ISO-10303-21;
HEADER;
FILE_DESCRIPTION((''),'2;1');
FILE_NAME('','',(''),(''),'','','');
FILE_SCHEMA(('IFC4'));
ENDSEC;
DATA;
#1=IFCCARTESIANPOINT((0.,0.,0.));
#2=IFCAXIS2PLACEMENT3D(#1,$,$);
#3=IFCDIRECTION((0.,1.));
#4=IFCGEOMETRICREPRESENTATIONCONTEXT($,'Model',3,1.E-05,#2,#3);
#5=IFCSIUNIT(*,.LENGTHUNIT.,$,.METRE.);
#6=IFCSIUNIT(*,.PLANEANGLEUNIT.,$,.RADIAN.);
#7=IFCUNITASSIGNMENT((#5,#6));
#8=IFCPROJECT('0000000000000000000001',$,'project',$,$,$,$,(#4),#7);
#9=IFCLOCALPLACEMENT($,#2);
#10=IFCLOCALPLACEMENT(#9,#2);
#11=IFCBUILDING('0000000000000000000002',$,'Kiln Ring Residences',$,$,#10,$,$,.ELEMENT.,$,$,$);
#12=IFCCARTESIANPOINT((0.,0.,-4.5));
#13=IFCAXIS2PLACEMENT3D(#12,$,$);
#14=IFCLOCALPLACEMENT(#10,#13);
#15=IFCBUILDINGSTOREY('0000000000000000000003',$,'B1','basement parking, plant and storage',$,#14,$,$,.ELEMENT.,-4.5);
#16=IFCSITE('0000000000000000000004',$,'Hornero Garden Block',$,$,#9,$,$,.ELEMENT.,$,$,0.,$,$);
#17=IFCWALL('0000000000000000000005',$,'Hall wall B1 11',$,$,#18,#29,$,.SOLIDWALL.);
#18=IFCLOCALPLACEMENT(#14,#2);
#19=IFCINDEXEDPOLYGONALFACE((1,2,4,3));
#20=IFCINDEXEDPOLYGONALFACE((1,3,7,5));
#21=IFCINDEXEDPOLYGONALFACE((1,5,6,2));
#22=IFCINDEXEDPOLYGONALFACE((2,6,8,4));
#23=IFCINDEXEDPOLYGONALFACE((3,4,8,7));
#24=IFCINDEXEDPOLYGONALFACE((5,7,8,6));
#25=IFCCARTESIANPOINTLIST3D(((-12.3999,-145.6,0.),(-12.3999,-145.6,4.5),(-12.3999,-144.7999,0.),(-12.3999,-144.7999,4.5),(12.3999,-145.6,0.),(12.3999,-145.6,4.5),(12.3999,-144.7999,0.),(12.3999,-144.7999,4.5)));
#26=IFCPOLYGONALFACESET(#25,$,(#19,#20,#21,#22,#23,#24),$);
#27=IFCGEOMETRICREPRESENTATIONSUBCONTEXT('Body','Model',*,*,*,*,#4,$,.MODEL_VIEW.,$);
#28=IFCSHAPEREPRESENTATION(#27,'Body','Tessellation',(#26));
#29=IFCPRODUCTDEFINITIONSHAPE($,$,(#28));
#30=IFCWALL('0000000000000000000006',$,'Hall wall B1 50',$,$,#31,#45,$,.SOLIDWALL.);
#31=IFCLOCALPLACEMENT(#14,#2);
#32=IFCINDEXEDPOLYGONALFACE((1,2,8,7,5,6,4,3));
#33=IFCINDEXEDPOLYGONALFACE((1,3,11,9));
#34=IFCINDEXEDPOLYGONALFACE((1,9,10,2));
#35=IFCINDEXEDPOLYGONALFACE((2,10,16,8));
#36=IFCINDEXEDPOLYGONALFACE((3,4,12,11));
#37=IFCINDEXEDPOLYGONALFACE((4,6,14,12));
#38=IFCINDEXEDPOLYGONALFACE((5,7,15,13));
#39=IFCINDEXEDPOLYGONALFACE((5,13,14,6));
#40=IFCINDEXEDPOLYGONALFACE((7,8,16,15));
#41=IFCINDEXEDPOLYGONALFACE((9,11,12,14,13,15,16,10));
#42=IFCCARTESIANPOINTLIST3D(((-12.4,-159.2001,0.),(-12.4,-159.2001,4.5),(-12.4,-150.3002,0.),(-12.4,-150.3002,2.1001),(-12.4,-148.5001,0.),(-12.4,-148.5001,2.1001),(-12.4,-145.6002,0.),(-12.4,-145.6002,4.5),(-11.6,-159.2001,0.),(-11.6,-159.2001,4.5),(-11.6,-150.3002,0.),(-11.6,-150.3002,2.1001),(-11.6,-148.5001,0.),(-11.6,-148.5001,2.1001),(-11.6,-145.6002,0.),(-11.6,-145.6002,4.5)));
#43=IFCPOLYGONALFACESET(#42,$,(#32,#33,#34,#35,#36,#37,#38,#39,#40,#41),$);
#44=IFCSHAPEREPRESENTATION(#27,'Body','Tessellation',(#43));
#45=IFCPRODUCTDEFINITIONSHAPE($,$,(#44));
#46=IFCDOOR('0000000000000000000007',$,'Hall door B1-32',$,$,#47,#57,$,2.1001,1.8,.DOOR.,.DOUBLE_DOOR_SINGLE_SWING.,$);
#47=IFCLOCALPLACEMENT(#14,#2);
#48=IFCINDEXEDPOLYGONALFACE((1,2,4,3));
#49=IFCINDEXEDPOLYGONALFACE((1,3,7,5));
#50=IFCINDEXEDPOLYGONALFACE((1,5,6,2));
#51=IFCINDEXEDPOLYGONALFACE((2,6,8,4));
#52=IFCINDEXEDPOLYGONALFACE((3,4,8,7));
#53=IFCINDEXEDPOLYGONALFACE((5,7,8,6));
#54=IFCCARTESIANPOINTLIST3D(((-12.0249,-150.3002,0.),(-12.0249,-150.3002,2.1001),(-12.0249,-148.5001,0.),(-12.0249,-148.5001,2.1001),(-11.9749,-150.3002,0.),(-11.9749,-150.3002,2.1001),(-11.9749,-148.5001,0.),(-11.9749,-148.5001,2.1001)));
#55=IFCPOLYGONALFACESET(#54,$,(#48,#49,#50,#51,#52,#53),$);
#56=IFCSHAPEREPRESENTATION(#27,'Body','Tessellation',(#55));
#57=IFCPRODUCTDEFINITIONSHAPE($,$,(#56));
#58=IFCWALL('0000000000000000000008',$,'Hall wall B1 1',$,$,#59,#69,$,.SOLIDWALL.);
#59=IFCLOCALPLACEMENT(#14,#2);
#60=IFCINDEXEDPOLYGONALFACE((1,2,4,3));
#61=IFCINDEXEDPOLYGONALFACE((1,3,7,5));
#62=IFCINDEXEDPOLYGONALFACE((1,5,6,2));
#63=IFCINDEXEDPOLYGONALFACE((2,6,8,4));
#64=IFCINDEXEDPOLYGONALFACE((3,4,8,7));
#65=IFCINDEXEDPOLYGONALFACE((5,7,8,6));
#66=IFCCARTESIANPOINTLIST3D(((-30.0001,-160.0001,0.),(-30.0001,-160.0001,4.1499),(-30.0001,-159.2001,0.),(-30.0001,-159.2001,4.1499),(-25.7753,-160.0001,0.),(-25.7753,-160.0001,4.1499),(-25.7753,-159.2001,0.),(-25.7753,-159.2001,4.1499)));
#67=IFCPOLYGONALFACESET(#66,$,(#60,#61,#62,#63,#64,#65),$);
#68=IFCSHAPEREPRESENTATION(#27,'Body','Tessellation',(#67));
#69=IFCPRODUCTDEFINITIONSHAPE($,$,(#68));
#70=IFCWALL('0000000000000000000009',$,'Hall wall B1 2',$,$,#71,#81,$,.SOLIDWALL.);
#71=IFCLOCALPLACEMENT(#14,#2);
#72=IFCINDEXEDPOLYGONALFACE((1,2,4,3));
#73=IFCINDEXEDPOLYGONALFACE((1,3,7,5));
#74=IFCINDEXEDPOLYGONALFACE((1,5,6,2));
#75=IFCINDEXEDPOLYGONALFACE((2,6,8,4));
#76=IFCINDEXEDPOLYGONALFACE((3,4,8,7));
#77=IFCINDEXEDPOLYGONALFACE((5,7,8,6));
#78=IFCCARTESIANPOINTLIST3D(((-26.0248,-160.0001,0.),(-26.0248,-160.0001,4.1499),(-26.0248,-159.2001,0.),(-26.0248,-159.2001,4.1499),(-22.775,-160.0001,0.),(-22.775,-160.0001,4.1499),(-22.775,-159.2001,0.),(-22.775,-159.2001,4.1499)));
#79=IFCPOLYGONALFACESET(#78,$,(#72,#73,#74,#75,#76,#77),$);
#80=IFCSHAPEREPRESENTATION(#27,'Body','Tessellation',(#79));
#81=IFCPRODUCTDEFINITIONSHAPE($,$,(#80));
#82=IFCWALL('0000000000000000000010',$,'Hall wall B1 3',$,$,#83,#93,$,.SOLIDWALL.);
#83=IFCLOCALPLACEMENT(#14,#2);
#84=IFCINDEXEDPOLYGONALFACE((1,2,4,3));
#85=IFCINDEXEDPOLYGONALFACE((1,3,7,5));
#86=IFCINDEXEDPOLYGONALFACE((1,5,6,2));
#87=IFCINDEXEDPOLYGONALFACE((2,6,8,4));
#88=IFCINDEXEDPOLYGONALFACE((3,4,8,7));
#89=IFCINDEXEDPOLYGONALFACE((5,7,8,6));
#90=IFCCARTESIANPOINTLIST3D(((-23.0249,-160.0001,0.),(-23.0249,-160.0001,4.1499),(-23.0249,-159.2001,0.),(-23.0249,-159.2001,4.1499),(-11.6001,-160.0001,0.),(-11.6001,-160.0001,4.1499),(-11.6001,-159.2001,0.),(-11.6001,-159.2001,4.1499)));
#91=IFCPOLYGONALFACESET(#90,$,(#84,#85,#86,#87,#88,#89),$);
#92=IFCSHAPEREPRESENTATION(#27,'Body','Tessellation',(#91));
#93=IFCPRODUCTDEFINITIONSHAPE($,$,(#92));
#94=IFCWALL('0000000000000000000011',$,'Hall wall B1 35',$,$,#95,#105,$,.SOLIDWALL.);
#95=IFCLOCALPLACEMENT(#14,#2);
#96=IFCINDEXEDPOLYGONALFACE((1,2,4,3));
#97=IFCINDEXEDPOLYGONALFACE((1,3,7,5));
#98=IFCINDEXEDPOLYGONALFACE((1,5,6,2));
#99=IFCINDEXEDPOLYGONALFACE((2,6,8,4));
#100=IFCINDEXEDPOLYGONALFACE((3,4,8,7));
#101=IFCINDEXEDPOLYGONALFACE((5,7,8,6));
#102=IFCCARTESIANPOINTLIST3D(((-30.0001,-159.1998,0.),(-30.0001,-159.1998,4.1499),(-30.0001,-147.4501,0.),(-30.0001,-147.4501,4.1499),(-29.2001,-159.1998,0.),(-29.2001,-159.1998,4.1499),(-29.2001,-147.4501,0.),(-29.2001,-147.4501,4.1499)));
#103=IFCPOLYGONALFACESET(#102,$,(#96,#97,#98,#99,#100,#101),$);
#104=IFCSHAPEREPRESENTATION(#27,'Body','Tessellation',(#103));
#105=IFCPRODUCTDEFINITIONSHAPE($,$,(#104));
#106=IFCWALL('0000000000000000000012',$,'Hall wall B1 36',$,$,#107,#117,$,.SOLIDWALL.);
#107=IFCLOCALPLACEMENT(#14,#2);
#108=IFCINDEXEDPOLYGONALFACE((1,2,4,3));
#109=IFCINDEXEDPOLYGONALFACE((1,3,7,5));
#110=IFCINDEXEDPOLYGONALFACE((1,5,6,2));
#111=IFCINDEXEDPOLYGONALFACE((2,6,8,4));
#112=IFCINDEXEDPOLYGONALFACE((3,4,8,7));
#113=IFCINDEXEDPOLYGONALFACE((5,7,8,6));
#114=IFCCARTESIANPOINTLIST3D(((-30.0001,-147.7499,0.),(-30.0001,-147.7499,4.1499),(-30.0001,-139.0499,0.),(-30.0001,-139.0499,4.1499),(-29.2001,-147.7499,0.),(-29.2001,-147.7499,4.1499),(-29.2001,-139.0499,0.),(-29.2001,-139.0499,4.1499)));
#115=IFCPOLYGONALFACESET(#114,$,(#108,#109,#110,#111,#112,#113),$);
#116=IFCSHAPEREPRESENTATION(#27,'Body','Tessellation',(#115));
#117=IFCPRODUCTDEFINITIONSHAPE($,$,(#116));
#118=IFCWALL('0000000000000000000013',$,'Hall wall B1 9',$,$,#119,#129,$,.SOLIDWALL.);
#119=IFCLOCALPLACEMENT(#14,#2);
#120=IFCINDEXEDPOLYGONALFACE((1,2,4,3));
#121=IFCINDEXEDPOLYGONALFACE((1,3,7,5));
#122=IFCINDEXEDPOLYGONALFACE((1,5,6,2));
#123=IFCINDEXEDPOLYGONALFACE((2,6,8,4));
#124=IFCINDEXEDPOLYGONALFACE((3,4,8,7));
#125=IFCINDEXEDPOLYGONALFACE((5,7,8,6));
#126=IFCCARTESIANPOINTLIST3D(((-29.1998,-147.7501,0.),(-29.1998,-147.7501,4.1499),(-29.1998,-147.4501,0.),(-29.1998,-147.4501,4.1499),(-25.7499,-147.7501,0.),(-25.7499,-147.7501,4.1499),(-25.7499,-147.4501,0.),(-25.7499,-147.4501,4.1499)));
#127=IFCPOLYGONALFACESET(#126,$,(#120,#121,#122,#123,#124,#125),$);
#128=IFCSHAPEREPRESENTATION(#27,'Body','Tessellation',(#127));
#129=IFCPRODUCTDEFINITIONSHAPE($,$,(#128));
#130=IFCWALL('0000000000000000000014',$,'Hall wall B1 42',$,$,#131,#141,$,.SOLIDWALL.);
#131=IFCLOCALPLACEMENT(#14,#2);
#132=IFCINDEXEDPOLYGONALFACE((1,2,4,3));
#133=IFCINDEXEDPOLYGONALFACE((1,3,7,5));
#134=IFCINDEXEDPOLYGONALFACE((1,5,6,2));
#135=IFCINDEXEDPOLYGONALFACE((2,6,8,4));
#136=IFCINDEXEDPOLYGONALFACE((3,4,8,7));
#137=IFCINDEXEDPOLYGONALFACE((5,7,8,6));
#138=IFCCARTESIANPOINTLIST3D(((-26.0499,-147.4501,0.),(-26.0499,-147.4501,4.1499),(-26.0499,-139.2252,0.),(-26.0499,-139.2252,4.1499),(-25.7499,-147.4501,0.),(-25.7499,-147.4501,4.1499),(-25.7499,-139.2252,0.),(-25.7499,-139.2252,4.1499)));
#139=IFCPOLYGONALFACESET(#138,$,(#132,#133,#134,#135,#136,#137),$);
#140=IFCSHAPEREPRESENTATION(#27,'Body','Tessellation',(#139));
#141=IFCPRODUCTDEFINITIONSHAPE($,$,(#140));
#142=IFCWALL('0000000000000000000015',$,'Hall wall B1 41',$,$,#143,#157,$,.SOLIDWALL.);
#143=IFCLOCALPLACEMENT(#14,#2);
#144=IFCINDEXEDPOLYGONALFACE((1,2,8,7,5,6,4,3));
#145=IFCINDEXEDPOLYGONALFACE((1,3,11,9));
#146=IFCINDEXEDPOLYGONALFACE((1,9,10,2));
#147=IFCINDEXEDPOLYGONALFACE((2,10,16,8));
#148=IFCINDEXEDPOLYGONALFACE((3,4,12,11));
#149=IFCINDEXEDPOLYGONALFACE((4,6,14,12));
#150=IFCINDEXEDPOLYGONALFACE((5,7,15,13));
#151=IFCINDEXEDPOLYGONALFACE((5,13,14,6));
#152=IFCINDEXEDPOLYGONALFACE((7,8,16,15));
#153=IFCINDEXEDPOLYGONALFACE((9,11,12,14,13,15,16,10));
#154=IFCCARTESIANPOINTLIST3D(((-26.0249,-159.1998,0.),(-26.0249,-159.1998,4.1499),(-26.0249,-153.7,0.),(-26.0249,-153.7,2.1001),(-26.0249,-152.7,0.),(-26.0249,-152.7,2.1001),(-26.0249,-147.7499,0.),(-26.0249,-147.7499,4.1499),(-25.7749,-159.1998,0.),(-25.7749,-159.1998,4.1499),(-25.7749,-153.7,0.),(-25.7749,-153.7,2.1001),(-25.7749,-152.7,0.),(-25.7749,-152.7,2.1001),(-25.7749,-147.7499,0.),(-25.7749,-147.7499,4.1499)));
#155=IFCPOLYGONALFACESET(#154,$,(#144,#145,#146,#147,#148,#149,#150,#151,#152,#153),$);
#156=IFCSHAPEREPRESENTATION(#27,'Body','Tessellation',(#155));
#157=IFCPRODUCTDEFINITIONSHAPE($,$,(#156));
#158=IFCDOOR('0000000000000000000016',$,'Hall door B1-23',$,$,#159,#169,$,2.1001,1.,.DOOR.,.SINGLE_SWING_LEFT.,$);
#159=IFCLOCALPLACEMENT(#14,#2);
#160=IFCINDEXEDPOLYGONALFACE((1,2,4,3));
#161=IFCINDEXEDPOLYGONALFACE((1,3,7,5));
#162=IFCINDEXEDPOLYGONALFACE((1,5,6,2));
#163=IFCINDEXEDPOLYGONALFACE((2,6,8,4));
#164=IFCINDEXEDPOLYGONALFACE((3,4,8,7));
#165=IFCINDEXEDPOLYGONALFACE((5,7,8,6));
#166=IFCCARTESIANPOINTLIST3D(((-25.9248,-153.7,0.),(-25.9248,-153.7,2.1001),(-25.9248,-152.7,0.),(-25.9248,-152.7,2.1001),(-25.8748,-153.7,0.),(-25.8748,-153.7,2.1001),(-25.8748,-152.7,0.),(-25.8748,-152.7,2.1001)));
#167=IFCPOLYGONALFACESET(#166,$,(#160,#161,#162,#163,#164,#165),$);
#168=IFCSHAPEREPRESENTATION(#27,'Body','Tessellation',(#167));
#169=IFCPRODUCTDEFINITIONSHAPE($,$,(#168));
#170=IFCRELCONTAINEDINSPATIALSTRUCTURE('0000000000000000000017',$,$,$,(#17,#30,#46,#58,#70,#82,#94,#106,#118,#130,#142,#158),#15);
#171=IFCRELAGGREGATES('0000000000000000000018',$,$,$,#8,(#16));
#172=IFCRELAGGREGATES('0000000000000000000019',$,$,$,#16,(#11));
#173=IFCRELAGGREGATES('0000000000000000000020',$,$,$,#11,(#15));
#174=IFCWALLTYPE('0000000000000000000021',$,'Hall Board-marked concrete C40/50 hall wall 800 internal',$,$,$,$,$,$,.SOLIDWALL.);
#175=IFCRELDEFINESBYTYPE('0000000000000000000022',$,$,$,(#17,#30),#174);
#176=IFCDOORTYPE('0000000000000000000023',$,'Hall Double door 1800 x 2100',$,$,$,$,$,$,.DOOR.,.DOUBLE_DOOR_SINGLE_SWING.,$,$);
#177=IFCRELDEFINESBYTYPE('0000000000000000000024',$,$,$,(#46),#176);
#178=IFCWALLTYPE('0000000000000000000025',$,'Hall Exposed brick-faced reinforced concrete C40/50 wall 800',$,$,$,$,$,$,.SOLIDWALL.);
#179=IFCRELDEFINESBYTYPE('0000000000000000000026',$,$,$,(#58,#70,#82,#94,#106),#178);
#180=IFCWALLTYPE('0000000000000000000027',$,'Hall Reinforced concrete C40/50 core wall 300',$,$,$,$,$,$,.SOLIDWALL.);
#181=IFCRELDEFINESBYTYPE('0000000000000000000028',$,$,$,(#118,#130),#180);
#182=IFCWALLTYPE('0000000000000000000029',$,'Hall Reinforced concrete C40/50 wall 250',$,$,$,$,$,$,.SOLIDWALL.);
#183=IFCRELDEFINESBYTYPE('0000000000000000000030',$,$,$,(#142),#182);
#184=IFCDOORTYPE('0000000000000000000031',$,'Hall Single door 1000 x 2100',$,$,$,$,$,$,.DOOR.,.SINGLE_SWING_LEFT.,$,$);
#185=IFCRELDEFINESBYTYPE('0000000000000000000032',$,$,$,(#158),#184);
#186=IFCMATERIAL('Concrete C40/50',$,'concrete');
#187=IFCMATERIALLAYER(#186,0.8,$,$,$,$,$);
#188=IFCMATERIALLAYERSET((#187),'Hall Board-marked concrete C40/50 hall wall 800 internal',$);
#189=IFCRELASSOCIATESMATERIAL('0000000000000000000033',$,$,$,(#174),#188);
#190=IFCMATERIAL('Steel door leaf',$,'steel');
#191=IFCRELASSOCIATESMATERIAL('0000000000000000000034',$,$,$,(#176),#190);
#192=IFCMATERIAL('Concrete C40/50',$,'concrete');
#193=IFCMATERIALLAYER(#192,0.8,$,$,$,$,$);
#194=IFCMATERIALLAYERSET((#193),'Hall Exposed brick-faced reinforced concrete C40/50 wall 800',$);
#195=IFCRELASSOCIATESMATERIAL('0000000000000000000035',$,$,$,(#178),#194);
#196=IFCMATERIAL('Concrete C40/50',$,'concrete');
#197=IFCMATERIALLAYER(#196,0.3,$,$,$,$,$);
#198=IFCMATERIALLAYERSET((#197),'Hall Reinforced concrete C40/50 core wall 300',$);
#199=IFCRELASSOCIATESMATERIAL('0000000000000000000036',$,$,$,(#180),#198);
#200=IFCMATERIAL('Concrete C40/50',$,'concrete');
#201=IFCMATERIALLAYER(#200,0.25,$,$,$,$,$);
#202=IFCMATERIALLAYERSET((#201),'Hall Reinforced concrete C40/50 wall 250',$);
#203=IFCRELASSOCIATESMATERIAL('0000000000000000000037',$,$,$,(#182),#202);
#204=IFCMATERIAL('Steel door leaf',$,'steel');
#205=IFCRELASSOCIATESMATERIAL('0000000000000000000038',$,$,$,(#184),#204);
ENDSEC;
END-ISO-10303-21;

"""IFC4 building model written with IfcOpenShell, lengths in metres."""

from ifc_helpers import new_model, si_unit, direction, frame, frame_2d, origin, place, context, subcontext, project, spatial, rectangle, extrude, material, layer, layer_set, type_object, element, fill, save


model = new_model("IFC4")

# Units and contexts
model_context = context("Model", 3, precision=1e-05, world=origin(), true_north=direction((0.0, 1.0)))
body_context = subcontext(model_context, "Body", "Model", "MODEL_VIEW")
ifc_project = project(units=[si_unit("LENGTHUNIT", "METRE"), si_unit("PLANEANGLEUNIT", "RADIAN")], contexts=[model_context])

# Site, building, storey
site_placement = place(None, origin())
site = spatial("IfcSite", under=ifc_project, at=site_placement, Name="Hornero Garden Block", CompositionType="ELEMENT", RefElevation=0.0)
building_placement = place(site_placement, origin())
building = spatial("IfcBuilding", under=site, at=building_placement, Name="Kiln Ring Residences", CompositionType="ELEMENT")
storey_placement = place(building_placement, frame((0.0, 0.0, -4.5)))
storey = spatial("IfcBuildingStorey", under=building, at=storey_placement, Name="B1", Description="basement parking, plant and storage", CompositionType="ELEMENT", Elevation=-4.5)

# Wall
ifc_material_1 = material(Name="Concrete C40/50", Category="concrete")
ifc_layer_1 = layer(ifc_material_1, 0.8)
ifc_layer_set_1 = layer_set([ifc_layer_1], Name="Hall Board-marked concrete C40/50 hall wall 800 internal")
wall_type_1 = type_object("IfcWallType", Name="Hall Board-marked concrete C40/50 hall wall 800 internal", PredefinedType="SOLIDWALL", material=ifc_layer_set_1)
wall_1_placement = place(storey_placement, frame((-12.3999, -145.2, 0.0), z_axis=(0.0, 0.0, 1.0), x_axis=(1.0, 0.0, 0.0)))
element("IfcWall", 1, at=wall_1_placement, inside=storey, type_object=wall_type_1, Name="Hall wall B1 11", PredefinedType="SOLIDWALL", context=body_context, shape_type="SweptSolid", body=[
    extrude(rectangle(XDim=24.7998, YDim=0.8, at=frame_2d((12.3999, 0.0))), origin(), (0.0, 0.0, 1.0), 4.5),
])

# Wall, opening, door
wall_2_placement = place(storey_placement, frame((-12.0, -159.2, 0.0), z_axis=(0.0, 0.0, 1.0), x_axis=(0.0, 1.0, 0.0)))
wall_2 = element("IfcWall", 2, at=wall_2_placement, inside=storey, type_object=wall_type_1, Name="Hall wall B1 50", PredefinedType="SOLIDWALL", context=body_context, shape_type="SweptSolid", body=[
    extrude(rectangle(XDim=13.5999, YDim=0.8, at=frame_2d((6.7998, 0.0))), origin(), (0.0, 0.0, 1.0), 4.5),
])
opening_1_placement = place(wall_2_placement, frame((8.8999, 0.0, 0.0)))
opening_1 = element("IfcOpeningElement", 3, at=opening_1_placement, cuts=wall_2, PredefinedType="OPENING", context=body_context, shape_type="SweptSolid", body=[
    extrude(rectangle(XDim=1.8, YDim=2.1001, at=frame_2d((0.8999, 1.05))), frame((0.0, 0.4099, 0.0), z_axis=(0.0, -1.0, 0.0), x_axis=(1.0, 0.0, 0.0)), (0.0, 0.0, 1.0), 0.8201),
])
ifc_material_2 = material(Name="Steel door leaf", Category="steel")
door_type_1 = type_object("IfcDoorType", Name="Hall Double door 1800 x 2100", OperationType="DOUBLE_DOOR_SINGLE_SWING", PredefinedType="DOOR", material=ifc_material_2)
door_1_placement = place(opening_1_placement, origin())
door_1 = element("IfcDoor", 4, at=door_1_placement, inside=storey, type_object=door_type_1, Name="Hall door B1-32", OperationType="DOUBLE_DOOR_SINGLE_SWING", OverallHeight=2.1001, OverallWidth=1.8, PredefinedType="DOOR", context=body_context, shape_type="SweptSolid", body=[
    extrude(rectangle(XDim=1.8, YDim=2.1001, at=frame_2d((0.8999, 1.05))), frame((0.0, 0.0249, 0.0), z_axis=(0.0, -1.0, 0.0), x_axis=(1.0, 0.0, 0.0)), (0.0, 0.0, 1.0), 0.05),
])
fill(opening_1, door_1)

# Walls
ifc_material_3 = material(Name="Concrete C40/50", Category="concrete")
ifc_layer_2 = layer(ifc_material_3, 0.8)
ifc_layer_set_2 = layer_set([ifc_layer_2], Name="Hall Exposed brick-faced reinforced concrete C40/50 wall 800")
wall_type_2 = type_object("IfcWallType", Name="Hall Exposed brick-faced reinforced concrete C40/50 wall 800", PredefinedType="SOLIDWALL", material=ifc_layer_set_2)
wall_3_placement = place(storey_placement, frame((-30.0, -159.6001, 0.0), z_axis=(0.0, 0.0, 1.0), x_axis=(1.0, 0.0, 0.0)))
element("IfcWall", 5, at=wall_3_placement, inside=storey, type_object=wall_type_2, Name="Hall wall B1 1", PredefinedType="SOLIDWALL", context=body_context, shape_type="SweptSolid", body=[
    extrude(rectangle(XDim=4.2249, YDim=0.8, at=frame_2d((2.1123, 0.0))), origin(), (0.0, 0.0, 1.0), 4.1499),
])
wall_4_placement = place(storey_placement, frame((-26.0249, -159.6001, 0.0), z_axis=(0.0, 0.0, 1.0), x_axis=(1.0, 0.0, 0.0)))
element("IfcWall", 6, at=wall_4_placement, inside=storey, type_object=wall_type_2, Name="Hall wall B1 2", PredefinedType="SOLIDWALL", context=body_context, shape_type="SweptSolid", body=[
    extrude(rectangle(XDim=3.2498, YDim=0.8, at=frame_2d((1.625, 0.0))), origin(), (0.0, 0.0, 1.0), 4.1499),
])
wall_5_placement = place(storey_placement, frame((-23.0249, -159.6001, 0.0), z_axis=(0.0, 0.0, 1.0), x_axis=(1.0, 0.0, 0.0)))
element("IfcWall", 7, at=wall_5_placement, inside=storey, type_object=wall_type_2, Name="Hall wall B1 3", PredefinedType="SOLIDWALL", context=body_context, shape_type="SweptSolid", body=[
    extrude(rectangle(XDim=11.4248, YDim=0.8, at=frame_2d((5.7124, 0.0))), origin(), (0.0, 0.0, 1.0), 4.1499),
])
wall_6_placement = place(storey_placement, frame((-29.6001, -159.2, 0.0), z_axis=(0.0, 0.0, 1.0), x_axis=(0.0, 1.0, 0.0)))
element("IfcWall", 8, at=wall_6_placement, inside=storey, type_object=wall_type_2, Name="Hall wall B1 35", PredefinedType="SOLIDWALL", context=body_context, shape_type="SweptSolid", body=[
    extrude(rectangle(XDim=11.7498, YDim=0.8, at=frame_2d((5.875, 0.0))), origin(), (0.0, 0.0, 1.0), 4.1499),
])
wall_7_placement = place(storey_placement, frame((-29.6001, -147.75, 0.0), z_axis=(0.0, 0.0, 1.0), x_axis=(0.0, 1.0, 0.0)))
element("IfcWall", 9, at=wall_7_placement, inside=storey, type_object=wall_type_2, Name="Hall wall B1 36", PredefinedType="SOLIDWALL", context=body_context, shape_type="SweptSolid", body=[
    extrude(rectangle(XDim=8.7, YDim=0.8, at=frame_2d((4.3501, 0.0))), origin(), (0.0, 0.0, 1.0), 4.1499),
])
ifc_material_4 = material(Name="Concrete C40/50", Category="concrete")
ifc_layer_3 = layer(ifc_material_4, 0.3)
ifc_layer_set_3 = layer_set([ifc_layer_3], Name="Hall Reinforced concrete C40/50 core wall 300")
wall_type_3 = type_object("IfcWallType", Name="Hall Reinforced concrete C40/50 core wall 300", PredefinedType="SOLIDWALL", material=ifc_layer_set_3)
wall_8_placement = place(storey_placement, frame((-29.2, -147.6001, 0.0), z_axis=(0.0, 0.0, 1.0), x_axis=(1.0, 0.0, 0.0)))
element("IfcWall", 10, at=wall_8_placement, inside=storey, type_object=wall_type_3, Name="Hall wall B1 9", PredefinedType="SOLIDWALL", context=body_context, shape_type="SweptSolid", body=[
    extrude(rectangle(XDim=3.45, YDim=0.3, at=frame_2d((1.7251, 0.0))), origin(), (0.0, 0.0, 1.0), 4.1499),
])
wall_9_placement = place(storey_placement, frame((-25.8999, -147.45, 0.0), z_axis=(0.0, 0.0, 1.0), x_axis=(0.0, 1.0, 0.0)))
element("IfcWall", 11, at=wall_9_placement, inside=storey, type_object=wall_type_3, Name="Hall wall B1 42", PredefinedType="SOLIDWALL", context=body_context, shape_type="SweptSolid", body=[
    extrude(rectangle(XDim=8.2249, YDim=0.3, at=frame_2d((4.1123, 0.0))), origin(), (0.0, 0.0, 1.0), 4.1499),
])

# Wall, opening, door
ifc_material_5 = material(Name="Concrete C40/50", Category="concrete")
ifc_layer_4 = layer(ifc_material_5, 0.25)
ifc_layer_set_4 = layer_set([ifc_layer_4], Name="Hall Reinforced concrete C40/50 wall 250")
wall_type_4 = type_object("IfcWallType", Name="Hall Reinforced concrete C40/50 wall 250", PredefinedType="SOLIDWALL", material=ifc_layer_set_4)
wall_10_placement = place(storey_placement, frame((-25.8999, -159.2, 0.0), z_axis=(0.0, 0.0, 1.0), x_axis=(0.0, 1.0, 0.0)))
wall_10 = element("IfcWall", 12, at=wall_10_placement, inside=storey, type_object=wall_type_4, Name="Hall wall B1 41", PredefinedType="SOLIDWALL", context=body_context, shape_type="SweptSolid", body=[
    extrude(rectangle(XDim=11.45, YDim=0.25, at=frame_2d((5.7251, 0.0))), origin(), (0.0, 0.0, 1.0), 4.1499),
])
opening_2_placement = place(wall_10_placement, frame((5.5, 0.0, 0.0)))
opening_2 = element("IfcOpeningElement", 13, at=opening_2_placement, cuts=wall_10, PredefinedType="OPENING", context=body_context, shape_type="SweptSolid", body=[
    extrude(rectangle(XDim=1.0, YDim=2.1001, at=frame_2d((0.5, 1.05))), frame((0.0, 0.135, 0.0), z_axis=(0.0, -1.0, 0.0), x_axis=(1.0, 0.0, 0.0)), (0.0, 0.0, 1.0), 0.27),
])
ifc_material_6 = material(Name="Steel door leaf", Category="steel")
door_type_2 = type_object("IfcDoorType", Name="Hall Single door 1000 x 2100", OperationType="SINGLE_SWING_LEFT", PredefinedType="DOOR", material=ifc_material_6)
door_2_placement = place(opening_2_placement, origin())
door_2 = element("IfcDoor", 14, at=door_2_placement, inside=storey, type_object=door_type_2, Name="Hall door B1-23", OperationType="SINGLE_SWING_LEFT", OverallHeight=2.1001, OverallWidth=1.0, PredefinedType="DOOR", context=body_context, shape_type="SweptSolid", body=[
    extrude(rectangle(XDim=1.0, YDim=2.1001, at=frame_2d((0.5, 1.05))), frame((0.0, 0.0249, 0.0), z_axis=(0.0, -1.0, 0.0), x_axis=(1.0, 0.0, 0.0)), (0.0, 0.0, 1.0), 0.05),
])
fill(opening_2, door_2)

save(model, "model.ifc")
